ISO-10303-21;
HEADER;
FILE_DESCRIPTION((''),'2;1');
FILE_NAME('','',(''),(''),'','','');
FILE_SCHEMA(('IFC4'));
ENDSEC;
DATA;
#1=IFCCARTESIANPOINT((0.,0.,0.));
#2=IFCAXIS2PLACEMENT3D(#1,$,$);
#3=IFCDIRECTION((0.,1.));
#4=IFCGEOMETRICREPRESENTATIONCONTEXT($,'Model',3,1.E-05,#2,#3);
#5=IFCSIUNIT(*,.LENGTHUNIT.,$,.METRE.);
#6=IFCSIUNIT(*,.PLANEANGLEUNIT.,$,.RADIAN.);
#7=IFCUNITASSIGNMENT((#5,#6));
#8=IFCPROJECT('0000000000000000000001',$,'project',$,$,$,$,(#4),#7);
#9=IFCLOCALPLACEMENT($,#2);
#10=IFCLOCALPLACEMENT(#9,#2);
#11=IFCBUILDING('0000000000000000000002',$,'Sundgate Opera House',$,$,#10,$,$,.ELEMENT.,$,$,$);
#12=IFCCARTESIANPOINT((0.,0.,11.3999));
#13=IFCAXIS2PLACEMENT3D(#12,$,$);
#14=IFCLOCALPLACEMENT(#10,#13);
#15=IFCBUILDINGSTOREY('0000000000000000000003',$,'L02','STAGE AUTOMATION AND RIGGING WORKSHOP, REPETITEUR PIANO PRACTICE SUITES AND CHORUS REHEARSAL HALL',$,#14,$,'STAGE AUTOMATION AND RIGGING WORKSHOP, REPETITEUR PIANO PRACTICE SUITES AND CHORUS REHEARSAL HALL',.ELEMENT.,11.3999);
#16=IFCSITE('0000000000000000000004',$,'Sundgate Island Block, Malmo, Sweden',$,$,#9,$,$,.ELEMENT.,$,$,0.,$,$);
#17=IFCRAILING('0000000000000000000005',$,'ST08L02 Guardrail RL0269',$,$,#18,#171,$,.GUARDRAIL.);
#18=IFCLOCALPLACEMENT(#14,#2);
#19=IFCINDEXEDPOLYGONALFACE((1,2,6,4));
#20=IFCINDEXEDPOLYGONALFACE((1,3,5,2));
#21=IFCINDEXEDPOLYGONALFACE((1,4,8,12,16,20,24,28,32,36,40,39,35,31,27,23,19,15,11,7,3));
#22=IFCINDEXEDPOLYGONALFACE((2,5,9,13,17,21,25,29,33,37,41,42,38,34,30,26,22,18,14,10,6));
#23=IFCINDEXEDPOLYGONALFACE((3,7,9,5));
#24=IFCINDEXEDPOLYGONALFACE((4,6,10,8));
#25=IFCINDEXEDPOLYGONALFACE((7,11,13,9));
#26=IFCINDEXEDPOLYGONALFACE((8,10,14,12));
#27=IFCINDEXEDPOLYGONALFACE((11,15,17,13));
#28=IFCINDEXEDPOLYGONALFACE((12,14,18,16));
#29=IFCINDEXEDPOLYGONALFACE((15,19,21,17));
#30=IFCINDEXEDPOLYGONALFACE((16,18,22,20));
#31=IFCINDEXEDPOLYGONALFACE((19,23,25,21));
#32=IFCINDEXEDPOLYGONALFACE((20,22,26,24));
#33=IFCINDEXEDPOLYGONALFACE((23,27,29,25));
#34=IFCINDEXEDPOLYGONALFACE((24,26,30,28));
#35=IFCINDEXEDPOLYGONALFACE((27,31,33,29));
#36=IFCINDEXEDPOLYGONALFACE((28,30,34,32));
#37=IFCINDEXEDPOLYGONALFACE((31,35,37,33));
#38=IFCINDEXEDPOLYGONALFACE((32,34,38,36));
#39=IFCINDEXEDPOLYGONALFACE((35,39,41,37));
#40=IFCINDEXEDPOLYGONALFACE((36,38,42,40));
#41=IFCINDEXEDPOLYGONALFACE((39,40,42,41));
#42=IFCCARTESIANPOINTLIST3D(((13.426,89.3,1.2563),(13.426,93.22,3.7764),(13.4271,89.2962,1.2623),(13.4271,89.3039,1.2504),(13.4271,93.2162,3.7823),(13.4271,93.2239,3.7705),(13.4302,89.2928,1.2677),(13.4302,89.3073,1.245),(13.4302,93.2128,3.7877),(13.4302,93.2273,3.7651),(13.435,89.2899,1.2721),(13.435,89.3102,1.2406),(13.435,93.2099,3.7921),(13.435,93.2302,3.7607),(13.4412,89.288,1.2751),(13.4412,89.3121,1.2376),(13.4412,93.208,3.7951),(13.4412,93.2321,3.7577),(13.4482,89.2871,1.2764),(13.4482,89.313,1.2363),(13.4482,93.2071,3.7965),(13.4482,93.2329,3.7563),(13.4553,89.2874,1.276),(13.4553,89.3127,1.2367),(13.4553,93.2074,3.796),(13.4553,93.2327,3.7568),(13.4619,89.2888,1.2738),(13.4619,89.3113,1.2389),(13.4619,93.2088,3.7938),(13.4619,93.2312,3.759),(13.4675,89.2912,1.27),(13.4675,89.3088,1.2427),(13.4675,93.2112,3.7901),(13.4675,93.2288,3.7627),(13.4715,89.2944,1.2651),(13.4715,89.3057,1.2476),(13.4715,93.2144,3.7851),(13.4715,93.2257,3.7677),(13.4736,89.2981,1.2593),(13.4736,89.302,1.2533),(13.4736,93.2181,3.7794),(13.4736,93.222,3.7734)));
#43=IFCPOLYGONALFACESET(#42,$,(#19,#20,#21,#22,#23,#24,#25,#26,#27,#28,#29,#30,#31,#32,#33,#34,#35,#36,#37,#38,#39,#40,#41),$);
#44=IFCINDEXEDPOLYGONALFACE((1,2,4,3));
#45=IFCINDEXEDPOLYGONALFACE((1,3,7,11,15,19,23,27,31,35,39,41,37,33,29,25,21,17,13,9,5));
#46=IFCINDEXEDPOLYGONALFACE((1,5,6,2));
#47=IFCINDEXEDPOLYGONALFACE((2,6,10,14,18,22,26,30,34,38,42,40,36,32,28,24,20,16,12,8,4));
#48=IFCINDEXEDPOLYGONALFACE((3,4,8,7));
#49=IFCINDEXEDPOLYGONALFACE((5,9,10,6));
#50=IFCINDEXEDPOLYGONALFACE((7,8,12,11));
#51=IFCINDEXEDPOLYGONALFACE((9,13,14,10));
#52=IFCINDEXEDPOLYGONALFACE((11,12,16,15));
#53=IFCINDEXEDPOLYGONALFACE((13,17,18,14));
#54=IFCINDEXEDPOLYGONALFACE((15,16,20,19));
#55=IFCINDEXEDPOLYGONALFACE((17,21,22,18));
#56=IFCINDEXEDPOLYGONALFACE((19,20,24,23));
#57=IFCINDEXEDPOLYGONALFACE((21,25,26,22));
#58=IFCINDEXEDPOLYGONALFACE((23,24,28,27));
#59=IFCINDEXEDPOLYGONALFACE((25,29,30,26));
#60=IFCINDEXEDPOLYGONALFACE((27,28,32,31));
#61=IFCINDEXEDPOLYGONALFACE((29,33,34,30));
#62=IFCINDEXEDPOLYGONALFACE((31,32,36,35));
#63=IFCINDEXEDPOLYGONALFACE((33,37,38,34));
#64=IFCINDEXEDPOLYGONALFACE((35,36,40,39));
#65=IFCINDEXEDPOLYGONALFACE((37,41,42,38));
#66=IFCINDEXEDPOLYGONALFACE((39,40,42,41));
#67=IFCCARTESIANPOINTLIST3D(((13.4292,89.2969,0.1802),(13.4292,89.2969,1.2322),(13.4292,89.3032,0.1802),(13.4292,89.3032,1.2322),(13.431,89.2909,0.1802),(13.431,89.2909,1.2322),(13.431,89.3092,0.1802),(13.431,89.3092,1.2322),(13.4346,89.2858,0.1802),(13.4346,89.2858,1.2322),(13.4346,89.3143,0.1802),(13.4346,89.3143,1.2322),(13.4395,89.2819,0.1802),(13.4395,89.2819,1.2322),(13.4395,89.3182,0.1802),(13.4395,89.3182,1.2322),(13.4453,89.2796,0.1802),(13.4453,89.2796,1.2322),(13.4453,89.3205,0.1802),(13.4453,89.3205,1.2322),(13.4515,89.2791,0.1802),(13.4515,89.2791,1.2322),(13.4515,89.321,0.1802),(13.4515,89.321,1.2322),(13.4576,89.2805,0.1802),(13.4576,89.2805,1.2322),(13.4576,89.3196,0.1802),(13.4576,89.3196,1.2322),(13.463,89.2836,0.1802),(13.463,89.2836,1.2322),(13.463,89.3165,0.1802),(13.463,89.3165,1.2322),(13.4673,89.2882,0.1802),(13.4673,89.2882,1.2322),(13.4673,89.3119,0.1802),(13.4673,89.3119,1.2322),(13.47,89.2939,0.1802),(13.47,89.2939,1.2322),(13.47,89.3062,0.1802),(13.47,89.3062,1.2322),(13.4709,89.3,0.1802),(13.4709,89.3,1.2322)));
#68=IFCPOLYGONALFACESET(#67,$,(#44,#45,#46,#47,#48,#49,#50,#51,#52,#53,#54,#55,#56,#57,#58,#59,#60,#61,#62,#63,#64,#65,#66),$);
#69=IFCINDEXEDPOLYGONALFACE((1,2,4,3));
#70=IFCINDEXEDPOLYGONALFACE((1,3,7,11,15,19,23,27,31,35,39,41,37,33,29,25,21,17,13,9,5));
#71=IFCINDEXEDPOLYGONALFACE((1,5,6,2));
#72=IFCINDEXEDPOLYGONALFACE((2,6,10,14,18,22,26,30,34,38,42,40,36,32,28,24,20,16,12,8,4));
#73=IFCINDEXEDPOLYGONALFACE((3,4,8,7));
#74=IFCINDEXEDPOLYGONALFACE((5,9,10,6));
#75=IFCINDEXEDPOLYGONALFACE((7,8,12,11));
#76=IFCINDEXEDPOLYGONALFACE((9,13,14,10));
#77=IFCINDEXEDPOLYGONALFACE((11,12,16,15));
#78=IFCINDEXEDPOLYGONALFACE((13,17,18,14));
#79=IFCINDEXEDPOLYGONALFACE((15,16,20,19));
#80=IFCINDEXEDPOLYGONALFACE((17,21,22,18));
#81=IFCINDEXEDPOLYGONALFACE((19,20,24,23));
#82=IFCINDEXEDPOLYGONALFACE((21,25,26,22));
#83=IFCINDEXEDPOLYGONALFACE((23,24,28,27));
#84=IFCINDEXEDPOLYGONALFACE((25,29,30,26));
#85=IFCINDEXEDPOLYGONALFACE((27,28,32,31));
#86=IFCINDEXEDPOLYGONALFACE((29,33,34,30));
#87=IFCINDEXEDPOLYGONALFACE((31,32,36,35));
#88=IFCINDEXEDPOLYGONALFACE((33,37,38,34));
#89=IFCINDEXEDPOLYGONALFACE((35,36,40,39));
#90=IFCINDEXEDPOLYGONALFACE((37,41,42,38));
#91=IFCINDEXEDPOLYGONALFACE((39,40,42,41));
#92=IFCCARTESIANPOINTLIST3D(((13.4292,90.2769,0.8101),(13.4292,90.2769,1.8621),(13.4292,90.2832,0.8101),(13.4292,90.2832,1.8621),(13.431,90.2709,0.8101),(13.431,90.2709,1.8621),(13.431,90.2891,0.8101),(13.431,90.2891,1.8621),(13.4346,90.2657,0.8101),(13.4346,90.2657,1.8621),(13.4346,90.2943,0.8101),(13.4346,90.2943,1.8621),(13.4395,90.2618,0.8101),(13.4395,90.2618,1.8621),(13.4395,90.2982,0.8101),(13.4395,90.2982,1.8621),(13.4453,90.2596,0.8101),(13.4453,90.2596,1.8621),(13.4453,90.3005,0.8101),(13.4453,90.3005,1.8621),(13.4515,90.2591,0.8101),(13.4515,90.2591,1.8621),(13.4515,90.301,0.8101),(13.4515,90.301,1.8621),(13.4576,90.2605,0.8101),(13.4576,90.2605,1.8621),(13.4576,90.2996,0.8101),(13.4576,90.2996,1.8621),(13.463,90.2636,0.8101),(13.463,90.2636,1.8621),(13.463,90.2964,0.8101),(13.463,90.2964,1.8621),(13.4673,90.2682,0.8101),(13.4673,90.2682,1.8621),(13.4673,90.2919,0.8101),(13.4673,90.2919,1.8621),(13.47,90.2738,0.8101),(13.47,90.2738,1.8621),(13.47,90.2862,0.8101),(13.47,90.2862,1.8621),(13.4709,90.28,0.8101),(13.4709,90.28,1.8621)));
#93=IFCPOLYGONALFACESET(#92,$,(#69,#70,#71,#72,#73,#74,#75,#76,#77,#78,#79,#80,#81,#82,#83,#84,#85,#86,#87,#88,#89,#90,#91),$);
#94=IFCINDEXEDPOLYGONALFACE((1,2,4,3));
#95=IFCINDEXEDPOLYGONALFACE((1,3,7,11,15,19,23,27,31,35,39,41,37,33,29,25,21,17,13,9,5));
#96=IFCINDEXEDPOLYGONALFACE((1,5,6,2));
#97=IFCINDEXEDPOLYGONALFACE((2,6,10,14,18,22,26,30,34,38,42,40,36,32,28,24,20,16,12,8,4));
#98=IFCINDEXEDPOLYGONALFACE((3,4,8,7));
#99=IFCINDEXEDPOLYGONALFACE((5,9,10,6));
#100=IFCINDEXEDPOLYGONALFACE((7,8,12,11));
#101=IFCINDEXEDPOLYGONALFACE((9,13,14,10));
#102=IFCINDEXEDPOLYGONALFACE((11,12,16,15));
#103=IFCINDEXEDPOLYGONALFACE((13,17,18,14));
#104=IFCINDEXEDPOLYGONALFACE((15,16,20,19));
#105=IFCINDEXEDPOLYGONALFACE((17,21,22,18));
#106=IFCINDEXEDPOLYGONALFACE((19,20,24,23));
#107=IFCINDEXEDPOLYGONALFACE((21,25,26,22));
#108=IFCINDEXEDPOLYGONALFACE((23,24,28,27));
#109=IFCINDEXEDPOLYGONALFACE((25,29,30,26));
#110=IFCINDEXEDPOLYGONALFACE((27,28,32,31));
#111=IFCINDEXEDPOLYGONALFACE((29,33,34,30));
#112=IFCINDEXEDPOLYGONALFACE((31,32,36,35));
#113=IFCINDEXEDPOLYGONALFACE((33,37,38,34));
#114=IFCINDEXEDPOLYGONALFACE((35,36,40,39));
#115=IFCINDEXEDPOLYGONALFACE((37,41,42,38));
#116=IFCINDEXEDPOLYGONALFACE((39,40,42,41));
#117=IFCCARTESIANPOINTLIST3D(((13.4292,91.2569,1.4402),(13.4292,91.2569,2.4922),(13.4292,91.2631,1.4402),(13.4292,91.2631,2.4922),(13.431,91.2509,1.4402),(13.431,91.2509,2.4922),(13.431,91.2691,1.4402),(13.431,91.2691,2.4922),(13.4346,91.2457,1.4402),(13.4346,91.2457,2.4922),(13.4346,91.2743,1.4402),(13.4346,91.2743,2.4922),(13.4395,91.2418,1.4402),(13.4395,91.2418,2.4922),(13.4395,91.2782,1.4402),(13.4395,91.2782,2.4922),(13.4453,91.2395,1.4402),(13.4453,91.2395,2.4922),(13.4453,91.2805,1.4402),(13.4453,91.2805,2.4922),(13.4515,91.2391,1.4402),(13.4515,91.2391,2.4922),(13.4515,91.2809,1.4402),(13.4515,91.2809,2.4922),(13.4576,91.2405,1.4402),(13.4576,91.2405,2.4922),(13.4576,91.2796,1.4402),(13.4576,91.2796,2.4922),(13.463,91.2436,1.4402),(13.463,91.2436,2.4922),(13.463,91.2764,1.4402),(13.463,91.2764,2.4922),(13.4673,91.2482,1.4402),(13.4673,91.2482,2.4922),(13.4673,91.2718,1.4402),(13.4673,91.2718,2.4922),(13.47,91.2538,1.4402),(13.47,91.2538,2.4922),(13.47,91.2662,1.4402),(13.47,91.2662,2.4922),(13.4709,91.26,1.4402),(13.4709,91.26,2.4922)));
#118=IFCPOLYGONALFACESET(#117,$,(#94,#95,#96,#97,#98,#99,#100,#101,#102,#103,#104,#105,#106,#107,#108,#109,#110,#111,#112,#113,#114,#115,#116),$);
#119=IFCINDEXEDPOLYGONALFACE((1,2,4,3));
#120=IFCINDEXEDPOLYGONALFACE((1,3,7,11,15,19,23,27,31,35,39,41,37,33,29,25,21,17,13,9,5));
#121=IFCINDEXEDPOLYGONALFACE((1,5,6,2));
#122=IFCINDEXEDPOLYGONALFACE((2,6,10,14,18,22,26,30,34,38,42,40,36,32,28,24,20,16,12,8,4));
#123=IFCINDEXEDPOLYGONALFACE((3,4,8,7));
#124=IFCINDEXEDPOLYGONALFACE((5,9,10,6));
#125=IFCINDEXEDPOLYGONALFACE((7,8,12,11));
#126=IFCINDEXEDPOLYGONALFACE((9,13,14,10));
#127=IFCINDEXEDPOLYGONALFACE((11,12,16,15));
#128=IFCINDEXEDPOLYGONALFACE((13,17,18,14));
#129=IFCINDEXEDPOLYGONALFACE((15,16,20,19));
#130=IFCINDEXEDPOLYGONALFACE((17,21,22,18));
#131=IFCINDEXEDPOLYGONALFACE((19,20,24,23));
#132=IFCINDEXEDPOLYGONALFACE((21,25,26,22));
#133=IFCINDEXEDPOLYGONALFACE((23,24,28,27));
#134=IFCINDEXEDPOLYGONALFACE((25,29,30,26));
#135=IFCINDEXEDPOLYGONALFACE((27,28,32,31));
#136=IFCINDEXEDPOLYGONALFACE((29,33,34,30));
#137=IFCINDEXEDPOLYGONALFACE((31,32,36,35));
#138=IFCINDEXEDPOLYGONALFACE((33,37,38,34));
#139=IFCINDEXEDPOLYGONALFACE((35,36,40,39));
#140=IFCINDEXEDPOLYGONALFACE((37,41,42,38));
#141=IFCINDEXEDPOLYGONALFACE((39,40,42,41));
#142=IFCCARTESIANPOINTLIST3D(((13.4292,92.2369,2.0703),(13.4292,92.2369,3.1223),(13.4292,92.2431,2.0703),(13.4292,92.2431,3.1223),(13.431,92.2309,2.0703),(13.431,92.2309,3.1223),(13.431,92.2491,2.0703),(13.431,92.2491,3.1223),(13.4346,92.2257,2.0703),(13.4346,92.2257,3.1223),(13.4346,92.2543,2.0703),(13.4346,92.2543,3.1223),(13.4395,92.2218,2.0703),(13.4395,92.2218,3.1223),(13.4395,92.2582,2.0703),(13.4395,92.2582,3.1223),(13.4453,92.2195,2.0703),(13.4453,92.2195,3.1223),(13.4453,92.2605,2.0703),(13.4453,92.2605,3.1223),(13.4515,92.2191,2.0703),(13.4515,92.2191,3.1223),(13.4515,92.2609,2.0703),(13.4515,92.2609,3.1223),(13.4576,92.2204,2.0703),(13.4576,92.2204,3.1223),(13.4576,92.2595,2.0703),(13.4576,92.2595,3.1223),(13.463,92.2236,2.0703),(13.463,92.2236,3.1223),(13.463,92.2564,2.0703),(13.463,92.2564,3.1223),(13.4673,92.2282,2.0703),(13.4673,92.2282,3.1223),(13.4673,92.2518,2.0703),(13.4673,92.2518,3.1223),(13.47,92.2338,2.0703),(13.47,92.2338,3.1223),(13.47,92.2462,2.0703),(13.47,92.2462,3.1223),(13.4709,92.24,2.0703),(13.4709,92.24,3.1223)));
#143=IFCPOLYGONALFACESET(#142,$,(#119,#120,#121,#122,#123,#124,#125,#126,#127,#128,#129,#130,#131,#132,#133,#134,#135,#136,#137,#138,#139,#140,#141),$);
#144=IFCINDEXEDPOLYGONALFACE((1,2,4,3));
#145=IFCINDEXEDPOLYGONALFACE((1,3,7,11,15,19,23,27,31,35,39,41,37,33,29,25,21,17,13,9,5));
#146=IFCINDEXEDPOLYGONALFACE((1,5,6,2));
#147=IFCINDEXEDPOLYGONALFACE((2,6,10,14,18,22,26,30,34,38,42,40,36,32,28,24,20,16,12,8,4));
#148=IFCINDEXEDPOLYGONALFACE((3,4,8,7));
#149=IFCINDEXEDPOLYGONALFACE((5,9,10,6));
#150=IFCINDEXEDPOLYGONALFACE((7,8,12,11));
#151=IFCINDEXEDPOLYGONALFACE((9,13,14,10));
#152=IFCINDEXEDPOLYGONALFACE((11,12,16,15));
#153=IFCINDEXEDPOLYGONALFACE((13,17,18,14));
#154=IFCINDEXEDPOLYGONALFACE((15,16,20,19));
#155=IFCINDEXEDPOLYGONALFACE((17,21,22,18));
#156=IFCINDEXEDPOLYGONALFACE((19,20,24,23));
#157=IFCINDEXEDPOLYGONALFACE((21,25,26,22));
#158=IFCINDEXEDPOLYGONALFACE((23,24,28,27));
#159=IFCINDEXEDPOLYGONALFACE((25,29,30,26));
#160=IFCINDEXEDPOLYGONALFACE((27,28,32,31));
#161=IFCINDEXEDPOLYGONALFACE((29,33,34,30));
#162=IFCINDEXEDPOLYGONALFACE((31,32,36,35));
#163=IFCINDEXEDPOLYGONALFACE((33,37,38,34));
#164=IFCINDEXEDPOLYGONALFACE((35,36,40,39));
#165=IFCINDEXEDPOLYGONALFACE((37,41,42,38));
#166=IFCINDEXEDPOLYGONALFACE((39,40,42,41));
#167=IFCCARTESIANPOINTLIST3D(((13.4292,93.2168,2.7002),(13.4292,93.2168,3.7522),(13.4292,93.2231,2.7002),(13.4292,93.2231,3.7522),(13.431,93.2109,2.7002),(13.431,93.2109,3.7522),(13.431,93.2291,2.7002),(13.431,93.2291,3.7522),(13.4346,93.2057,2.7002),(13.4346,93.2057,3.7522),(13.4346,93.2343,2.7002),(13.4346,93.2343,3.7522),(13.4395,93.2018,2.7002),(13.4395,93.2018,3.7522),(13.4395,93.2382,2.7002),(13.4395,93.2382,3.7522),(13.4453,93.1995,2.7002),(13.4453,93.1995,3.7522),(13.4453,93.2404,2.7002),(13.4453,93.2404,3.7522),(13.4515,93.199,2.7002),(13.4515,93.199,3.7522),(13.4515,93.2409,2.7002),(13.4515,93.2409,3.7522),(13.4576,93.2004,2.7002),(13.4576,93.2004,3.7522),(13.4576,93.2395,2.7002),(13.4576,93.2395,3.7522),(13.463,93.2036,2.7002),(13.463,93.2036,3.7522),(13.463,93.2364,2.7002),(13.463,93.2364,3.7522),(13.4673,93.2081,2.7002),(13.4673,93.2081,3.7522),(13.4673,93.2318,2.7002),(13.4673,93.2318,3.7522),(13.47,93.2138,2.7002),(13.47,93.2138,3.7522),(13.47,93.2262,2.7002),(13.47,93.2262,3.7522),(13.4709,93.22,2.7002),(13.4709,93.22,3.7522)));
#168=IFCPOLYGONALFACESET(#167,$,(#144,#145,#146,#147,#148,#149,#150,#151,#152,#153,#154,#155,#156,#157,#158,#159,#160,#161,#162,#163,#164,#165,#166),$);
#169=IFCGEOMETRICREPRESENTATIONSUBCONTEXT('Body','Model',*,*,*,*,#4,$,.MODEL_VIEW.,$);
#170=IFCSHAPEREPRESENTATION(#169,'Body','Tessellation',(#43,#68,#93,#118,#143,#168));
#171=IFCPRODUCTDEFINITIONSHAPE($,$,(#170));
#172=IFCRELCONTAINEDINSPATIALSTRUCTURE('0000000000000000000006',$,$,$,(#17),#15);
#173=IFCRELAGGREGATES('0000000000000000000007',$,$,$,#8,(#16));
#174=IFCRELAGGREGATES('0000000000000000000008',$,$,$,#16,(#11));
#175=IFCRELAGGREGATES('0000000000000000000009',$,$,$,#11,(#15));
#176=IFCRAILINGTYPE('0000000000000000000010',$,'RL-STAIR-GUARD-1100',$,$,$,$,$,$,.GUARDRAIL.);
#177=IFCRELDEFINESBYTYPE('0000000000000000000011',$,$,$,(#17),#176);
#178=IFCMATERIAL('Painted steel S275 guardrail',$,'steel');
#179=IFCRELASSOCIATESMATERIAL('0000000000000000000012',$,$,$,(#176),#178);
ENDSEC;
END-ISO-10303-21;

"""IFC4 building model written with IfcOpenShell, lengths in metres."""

from ifc_helpers import new_model, si_unit, direction, frame, origin, origin_2d, place, context, subcontext, project, spatial, circle, extrude, material, type_object, element, save


model = new_model("IFC4")

# Units and contexts
model_context = context("Model", 3, precision=1e-05, world=origin(), true_north=direction((0.0, 1.0)))
body_context = subcontext(model_context, "Body", "Model", "MODEL_VIEW")
ifc_project = project(units=[si_unit("LENGTHUNIT", "METRE"), si_unit("PLANEANGLEUNIT", "RADIAN")], contexts=[model_context])

# Site, building, storey
site_placement = place(None, origin())
site = spatial("IfcSite", under=ifc_project, at=site_placement, Name="Sundgate Island Block, Malmo, Sweden", CompositionType="ELEMENT", RefElevation=0.0)
building_placement = place(site_placement, origin())
building = spatial("IfcBuilding", under=site, at=building_placement, Name="Sundgate Opera House", CompositionType="ELEMENT")
storey_placement = place(building_placement, frame((0.0, 0.0, 11.3999)))
storey = spatial("IfcBuildingStorey", under=building, at=storey_placement, Name="L02", Description="STAGE AUTOMATION AND RIGGING WORKSHOP, REPETITEUR PIANO PRACTICE SUITES AND CHORUS REHEARSAL HALL", LongName="STAGE AUTOMATION AND RIGGING WORKSHOP, REPETITEUR PIANO PRACTICE SUITES AND CHORUS REHEARSAL HALL", CompositionType="ELEMENT", Elevation=11.3999)

# Railing
ifc_material_1 = material(Name="Painted steel S275 guardrail", Category="steel")
railing_type_1 = type_object("IfcRailingType", Name="RL-STAIR-GUARD-1100", PredefinedType="GUARDRAIL", material=ifc_material_1)
railing_1_placement = place(storey_placement, frame((13.45, 89.3, 0.1802)))
element("IfcRailing", 1, at=railing_1_placement, inside=storey, type_object=railing_type_1, Name="ST08L02 Guardrail RL0269", PredefinedType="GUARDRAIL", context=body_context, shape_type="SweptSolid", body=[
    extrude(circle(Radius=0.0239, at=origin_2d()), frame((0.0, 0.0, 1.0762), z_axis=(0.0, 0.841172, 0.540768), x_axis=(-1.0, 0.0, 0.0)), (0.0, 0.0, 1.0), 4.6602),
    extrude(circle(Radius=0.021, at=origin_2d()), origin(), (0.0, 0.0, 1.0), 1.052),
    extrude(circle(Radius=0.021, at=origin_2d()), frame((0.0, 0.98, 0.6299)), (0.0, 0.0, 1.0), 1.052),
    extrude(circle(Radius=0.021, at=origin_2d()), frame((0.0, 1.96, 1.26)), (0.0, 0.0, 1.0), 1.052),
    extrude(circle(Radius=0.021, at=origin_2d()), frame((0.0, 2.9399, 1.8901)), (0.0, 0.0, 1.0), 1.052),
    extrude(circle(Radius=0.021, at=origin_2d()), frame((0.0, 3.9199, 2.52)), (0.0, 0.0, 1.0), 1.052),
])

save(model, "model.ifc")
